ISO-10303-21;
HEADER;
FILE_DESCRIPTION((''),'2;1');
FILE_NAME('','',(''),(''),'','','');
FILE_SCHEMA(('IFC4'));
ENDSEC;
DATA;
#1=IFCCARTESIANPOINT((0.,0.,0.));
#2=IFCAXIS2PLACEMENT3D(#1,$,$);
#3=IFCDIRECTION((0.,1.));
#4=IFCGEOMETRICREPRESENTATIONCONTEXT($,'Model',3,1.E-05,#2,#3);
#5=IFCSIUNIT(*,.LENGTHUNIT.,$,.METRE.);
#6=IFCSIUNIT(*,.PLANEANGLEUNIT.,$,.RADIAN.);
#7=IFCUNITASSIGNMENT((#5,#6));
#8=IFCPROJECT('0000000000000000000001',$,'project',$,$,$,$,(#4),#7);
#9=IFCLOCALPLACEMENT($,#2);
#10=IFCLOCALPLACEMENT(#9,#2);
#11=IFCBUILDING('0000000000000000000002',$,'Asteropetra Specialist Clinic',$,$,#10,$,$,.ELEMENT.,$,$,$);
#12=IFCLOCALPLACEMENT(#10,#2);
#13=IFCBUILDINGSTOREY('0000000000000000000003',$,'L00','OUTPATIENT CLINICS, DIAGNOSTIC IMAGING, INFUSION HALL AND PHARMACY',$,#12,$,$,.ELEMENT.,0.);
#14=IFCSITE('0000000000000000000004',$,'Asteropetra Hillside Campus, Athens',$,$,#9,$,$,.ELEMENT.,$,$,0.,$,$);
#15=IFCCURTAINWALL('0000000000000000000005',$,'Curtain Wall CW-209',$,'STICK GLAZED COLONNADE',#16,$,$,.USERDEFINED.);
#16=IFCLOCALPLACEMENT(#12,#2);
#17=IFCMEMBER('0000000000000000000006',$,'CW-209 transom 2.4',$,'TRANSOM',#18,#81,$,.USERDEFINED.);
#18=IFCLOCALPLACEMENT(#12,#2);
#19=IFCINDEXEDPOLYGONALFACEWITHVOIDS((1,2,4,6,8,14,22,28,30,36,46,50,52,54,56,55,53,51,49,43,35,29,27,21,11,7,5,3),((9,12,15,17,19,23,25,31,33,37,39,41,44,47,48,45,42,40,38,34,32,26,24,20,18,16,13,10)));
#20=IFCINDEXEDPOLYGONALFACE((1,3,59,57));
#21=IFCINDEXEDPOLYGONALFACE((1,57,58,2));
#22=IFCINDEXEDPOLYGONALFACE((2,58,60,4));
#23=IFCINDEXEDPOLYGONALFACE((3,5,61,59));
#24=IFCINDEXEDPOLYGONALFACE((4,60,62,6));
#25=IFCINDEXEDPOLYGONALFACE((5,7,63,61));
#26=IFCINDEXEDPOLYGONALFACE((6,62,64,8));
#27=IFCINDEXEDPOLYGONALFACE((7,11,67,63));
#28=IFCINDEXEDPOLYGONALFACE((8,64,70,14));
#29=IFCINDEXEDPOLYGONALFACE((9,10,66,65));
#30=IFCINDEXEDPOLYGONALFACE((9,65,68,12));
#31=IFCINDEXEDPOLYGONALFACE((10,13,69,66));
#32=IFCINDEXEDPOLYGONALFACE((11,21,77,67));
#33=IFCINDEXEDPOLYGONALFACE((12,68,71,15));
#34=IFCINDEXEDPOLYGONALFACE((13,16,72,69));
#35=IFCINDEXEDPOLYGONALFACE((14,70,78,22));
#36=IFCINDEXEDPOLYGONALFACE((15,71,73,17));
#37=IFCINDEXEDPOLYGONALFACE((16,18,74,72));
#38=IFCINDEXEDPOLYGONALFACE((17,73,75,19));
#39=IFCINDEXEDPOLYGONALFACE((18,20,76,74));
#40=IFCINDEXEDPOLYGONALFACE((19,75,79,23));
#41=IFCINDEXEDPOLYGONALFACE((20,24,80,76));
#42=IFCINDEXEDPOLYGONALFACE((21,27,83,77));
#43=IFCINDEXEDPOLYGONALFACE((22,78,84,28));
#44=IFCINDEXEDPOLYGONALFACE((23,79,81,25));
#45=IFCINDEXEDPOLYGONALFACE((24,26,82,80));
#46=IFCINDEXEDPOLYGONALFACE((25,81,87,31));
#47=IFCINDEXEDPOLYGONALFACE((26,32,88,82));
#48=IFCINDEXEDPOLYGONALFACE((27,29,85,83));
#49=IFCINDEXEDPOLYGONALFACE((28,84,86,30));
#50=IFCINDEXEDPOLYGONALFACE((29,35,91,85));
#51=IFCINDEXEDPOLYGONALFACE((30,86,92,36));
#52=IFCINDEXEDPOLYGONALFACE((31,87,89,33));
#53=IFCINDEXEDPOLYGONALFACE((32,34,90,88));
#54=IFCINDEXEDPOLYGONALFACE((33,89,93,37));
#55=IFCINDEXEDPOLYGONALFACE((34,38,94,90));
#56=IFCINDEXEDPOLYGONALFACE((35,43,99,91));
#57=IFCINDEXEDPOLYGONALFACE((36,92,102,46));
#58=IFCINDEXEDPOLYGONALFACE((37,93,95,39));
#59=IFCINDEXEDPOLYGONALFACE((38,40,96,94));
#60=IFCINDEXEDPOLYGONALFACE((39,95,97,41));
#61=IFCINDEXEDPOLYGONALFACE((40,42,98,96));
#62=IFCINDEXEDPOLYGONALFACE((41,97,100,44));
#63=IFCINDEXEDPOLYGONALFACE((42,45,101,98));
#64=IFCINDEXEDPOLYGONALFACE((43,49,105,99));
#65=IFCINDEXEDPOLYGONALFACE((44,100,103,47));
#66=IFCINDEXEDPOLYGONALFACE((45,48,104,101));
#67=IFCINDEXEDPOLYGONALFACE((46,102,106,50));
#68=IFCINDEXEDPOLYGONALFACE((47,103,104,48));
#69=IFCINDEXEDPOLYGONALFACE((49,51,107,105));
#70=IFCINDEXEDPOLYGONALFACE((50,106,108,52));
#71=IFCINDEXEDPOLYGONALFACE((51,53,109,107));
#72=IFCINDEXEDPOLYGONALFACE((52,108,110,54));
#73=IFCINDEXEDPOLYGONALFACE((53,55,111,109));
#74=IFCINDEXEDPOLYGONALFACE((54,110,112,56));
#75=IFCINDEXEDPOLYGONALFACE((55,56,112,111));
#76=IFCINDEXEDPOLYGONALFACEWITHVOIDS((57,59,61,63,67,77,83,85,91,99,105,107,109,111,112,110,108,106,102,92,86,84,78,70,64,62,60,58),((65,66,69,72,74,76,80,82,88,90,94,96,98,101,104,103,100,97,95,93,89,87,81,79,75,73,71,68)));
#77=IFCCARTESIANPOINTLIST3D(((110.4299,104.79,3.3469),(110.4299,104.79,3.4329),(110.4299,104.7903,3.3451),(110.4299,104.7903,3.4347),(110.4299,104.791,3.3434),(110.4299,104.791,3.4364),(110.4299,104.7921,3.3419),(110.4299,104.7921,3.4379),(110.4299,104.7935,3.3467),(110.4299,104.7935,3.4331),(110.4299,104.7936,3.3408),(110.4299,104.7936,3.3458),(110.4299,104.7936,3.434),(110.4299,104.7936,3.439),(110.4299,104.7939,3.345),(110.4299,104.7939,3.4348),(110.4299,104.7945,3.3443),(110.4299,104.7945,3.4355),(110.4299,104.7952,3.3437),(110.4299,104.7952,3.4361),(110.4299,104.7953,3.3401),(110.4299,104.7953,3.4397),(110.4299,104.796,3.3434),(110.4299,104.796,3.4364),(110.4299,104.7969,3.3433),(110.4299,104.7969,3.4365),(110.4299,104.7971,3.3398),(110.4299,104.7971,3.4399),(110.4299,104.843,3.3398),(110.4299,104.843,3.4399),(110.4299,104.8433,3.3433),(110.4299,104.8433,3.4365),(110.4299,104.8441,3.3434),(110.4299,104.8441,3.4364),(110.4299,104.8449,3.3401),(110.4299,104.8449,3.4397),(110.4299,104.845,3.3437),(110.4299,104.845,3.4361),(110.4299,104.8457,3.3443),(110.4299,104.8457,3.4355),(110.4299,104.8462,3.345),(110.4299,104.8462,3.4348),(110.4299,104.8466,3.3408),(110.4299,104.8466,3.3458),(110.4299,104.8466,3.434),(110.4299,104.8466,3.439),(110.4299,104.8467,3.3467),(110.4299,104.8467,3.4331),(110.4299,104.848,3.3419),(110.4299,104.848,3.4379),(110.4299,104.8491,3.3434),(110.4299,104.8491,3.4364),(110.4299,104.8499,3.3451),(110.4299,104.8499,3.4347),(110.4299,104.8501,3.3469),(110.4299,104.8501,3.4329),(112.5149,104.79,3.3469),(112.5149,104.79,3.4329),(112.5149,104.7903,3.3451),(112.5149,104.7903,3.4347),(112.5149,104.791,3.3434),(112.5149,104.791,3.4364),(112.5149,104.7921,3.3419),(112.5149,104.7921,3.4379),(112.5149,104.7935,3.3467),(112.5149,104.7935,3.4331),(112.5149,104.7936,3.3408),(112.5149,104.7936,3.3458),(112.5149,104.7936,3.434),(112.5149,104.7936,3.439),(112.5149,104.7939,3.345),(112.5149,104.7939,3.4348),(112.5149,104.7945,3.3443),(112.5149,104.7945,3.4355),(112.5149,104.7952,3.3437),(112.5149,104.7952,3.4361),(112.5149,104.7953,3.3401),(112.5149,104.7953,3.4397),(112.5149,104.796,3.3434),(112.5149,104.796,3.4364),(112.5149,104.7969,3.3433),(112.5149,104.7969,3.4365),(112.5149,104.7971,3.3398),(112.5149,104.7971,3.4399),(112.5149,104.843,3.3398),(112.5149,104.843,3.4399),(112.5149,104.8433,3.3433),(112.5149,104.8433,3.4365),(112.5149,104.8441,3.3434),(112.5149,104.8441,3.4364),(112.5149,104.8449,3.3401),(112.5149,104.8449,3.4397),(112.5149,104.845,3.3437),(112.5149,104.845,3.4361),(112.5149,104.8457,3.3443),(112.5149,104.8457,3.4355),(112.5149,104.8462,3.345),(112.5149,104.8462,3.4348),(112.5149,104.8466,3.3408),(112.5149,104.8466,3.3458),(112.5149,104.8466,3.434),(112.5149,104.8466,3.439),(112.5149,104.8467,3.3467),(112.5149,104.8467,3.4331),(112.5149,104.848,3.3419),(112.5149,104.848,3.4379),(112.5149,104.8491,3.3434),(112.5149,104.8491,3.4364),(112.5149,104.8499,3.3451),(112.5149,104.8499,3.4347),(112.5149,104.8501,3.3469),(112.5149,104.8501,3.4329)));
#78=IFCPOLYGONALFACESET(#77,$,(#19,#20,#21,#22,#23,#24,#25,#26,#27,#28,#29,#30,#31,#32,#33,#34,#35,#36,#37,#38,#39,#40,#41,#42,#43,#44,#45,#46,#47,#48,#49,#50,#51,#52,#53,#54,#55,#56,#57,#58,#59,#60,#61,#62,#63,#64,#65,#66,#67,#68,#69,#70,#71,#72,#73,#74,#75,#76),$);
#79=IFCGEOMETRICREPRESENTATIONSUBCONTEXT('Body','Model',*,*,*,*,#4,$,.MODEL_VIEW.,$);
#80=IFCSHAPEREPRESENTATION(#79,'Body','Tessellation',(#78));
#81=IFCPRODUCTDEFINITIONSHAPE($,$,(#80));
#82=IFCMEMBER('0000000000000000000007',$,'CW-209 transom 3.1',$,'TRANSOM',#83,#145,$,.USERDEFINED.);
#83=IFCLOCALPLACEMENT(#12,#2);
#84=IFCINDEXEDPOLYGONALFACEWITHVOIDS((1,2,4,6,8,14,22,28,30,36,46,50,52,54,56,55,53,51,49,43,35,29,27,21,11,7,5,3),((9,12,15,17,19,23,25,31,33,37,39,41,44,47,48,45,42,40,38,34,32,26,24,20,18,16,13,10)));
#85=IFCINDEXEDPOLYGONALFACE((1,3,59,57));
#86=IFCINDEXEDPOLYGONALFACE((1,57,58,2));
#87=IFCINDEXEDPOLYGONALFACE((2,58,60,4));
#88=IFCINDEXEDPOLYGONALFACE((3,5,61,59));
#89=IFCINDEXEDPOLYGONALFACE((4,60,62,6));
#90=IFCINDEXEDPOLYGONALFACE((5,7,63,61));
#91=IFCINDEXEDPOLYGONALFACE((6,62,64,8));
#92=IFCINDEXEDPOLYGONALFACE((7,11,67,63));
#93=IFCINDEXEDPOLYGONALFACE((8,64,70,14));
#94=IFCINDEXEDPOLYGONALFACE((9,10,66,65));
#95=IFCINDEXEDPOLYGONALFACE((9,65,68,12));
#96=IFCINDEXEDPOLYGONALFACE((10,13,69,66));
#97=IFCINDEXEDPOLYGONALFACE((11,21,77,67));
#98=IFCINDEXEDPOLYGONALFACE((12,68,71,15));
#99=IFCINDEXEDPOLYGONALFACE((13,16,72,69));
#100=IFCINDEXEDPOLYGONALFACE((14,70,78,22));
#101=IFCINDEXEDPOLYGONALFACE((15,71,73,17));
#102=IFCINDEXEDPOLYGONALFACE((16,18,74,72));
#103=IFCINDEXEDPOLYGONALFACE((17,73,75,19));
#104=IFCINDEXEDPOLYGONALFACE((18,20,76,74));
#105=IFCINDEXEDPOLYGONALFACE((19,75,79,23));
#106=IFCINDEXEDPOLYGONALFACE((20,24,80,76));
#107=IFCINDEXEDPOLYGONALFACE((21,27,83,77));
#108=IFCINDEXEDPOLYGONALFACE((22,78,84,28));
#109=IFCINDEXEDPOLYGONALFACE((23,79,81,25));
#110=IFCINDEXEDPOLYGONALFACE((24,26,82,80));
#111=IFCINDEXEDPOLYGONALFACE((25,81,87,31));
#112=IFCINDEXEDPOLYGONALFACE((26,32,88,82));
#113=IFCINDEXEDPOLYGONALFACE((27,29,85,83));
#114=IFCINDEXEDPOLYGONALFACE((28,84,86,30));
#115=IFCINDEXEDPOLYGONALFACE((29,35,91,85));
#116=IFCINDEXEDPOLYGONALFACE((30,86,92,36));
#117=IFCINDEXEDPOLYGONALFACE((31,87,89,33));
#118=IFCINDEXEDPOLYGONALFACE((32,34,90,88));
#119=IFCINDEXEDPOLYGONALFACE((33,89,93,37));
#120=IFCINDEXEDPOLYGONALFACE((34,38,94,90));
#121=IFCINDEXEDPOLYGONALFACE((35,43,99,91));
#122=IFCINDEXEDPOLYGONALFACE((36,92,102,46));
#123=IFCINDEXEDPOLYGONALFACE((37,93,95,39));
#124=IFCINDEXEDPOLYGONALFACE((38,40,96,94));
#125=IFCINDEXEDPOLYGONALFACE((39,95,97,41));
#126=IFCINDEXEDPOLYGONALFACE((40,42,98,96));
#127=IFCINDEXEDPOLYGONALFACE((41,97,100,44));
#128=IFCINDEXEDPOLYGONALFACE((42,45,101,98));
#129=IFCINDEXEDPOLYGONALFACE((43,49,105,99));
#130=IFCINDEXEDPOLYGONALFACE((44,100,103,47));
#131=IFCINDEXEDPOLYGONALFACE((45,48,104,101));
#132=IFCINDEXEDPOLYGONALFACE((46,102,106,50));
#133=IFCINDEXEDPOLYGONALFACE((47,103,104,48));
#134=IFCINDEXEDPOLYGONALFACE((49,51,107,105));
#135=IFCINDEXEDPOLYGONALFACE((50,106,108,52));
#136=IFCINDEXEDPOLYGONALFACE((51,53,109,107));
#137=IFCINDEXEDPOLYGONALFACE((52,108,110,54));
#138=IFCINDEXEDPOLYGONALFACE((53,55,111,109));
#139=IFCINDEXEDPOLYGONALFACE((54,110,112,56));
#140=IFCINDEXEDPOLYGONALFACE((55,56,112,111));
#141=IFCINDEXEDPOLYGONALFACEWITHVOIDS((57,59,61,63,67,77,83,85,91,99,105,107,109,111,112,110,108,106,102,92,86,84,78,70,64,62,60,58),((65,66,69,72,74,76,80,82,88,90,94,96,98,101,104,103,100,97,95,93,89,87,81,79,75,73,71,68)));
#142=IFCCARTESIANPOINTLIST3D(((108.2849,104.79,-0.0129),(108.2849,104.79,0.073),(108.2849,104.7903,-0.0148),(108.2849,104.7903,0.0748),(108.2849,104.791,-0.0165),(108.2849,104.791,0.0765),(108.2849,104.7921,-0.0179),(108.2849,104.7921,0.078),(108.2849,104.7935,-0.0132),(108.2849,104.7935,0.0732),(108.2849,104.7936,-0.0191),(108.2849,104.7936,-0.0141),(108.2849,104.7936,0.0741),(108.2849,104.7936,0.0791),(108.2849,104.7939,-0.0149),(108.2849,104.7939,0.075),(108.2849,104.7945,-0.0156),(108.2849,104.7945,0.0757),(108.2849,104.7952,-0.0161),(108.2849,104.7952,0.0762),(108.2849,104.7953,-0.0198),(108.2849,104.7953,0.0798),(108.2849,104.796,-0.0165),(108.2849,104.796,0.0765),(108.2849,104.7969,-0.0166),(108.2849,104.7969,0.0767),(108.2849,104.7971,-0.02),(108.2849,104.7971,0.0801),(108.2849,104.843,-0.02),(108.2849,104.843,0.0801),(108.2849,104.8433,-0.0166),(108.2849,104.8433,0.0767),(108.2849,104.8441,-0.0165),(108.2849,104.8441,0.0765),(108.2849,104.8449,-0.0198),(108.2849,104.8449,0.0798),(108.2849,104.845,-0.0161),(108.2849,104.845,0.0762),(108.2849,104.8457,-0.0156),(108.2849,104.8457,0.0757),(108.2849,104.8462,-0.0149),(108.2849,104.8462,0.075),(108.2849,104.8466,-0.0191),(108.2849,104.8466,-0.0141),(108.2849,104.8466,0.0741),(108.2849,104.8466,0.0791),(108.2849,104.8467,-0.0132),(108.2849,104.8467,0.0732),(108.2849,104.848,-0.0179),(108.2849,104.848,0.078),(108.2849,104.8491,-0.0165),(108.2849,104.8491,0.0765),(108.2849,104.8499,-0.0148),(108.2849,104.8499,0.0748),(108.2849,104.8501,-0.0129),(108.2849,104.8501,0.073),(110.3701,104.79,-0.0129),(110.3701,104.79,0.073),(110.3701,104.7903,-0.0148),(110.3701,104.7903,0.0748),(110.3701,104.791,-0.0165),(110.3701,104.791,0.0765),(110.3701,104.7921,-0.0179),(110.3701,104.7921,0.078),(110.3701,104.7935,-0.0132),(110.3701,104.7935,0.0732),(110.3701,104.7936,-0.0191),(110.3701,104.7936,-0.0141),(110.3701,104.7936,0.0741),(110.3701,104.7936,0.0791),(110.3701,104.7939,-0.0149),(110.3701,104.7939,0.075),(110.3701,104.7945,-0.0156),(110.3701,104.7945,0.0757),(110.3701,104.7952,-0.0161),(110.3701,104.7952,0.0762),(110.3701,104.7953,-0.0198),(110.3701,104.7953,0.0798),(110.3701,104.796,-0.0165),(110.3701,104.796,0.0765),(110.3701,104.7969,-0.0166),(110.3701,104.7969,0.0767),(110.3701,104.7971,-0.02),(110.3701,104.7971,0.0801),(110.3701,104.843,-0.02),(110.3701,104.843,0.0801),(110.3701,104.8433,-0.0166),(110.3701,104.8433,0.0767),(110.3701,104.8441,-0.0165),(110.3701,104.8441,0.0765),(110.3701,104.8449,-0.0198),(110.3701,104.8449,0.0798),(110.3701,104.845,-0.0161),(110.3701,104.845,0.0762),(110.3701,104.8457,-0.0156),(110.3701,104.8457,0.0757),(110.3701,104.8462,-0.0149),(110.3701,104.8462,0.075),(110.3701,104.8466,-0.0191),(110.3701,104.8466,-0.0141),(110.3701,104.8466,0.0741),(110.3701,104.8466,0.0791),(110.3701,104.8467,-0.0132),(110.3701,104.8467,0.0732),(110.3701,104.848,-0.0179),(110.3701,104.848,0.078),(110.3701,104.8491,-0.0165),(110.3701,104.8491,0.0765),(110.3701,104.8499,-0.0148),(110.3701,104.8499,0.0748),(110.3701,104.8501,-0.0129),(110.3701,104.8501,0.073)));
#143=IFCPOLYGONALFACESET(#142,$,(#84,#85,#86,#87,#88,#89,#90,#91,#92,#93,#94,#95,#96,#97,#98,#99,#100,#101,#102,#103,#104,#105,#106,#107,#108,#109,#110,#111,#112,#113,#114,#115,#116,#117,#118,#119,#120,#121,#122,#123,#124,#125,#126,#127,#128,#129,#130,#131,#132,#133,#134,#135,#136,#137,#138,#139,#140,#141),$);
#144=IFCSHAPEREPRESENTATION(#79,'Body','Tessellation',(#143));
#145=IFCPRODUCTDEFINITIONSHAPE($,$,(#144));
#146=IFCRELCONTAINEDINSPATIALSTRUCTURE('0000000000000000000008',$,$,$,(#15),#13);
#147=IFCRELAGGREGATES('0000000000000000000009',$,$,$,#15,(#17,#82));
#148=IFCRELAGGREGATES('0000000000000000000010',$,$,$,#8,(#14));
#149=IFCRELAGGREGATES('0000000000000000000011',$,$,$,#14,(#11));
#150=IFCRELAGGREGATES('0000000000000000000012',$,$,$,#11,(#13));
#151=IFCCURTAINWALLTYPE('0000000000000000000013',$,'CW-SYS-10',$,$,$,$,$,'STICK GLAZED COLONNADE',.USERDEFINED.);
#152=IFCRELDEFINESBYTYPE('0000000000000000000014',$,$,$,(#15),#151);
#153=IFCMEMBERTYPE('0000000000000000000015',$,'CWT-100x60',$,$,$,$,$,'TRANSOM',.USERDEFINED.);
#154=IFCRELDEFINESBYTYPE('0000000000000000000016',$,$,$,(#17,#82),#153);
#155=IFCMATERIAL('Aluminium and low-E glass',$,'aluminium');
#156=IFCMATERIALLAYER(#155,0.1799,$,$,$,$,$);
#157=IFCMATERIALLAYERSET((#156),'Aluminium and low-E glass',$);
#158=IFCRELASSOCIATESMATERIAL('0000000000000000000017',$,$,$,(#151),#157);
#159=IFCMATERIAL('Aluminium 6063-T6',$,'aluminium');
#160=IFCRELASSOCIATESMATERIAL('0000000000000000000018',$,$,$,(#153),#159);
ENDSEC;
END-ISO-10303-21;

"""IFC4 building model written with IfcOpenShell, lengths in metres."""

from ifc_helpers import new_model, si_unit, direction, frame, origin, origin_2d, place, context, subcontext, project, spatial, hollow_rectangle, extrude, material, layer, layer_set, material_profile, profile_set, type_object, element, aggregate, save


model = new_model("IFC4")

# Units and contexts
model_context = context("Model", 3, precision=1e-05, world=origin(), true_north=direction((0.0, 1.0)))
body_context = subcontext(model_context, "Body", "Model", "MODEL_VIEW")
ifc_project = project(units=[si_unit("LENGTHUNIT", "METRE"), si_unit("PLANEANGLEUNIT", "RADIAN")], contexts=[model_context])

# Site, building, storey
site_placement = place(None, origin())
site = spatial("IfcSite", under=ifc_project, at=site_placement, Name="Asteropetra Hillside Campus, Athens", CompositionType="ELEMENT", RefElevation=0.0)
building_placement = place(site_placement, origin())
building = spatial("IfcBuilding", under=site, at=building_placement, Name="Asteropetra Specialist Clinic", CompositionType="ELEMENT")
storey_placement = place(building_placement, origin())
storey = spatial("IfcBuildingStorey", under=building, at=storey_placement, Name="L00", Description="OUTPATIENT CLINICS, DIAGNOSTIC IMAGING, INFUSION HALL AND PHARMACY", CompositionType="ELEMENT", Elevation=0.0)

# Curtain wall, members
ifc_material_1 = material(Name="Aluminium and low-E glass", Category="aluminium")
ifc_layer_1 = layer(ifc_material_1, 0.1799)
ifc_layer_set_1 = layer_set([ifc_layer_1], Name="Aluminium and low-E glass")
curtain_wall_type = type_object("IfcCurtainWallType", Name="CW-SYS-10", ElementType="STICK GLAZED COLONNADE", PredefinedType="USERDEFINED", material=ifc_layer_set_1)
curtain_wall_placement = place(storey_placement, origin())
curtain_wall = element("IfcCurtainWall", 1, at=curtain_wall_placement, inside=storey, type_object=curtain_wall_type, Name="Curtain Wall CW-209", ObjectType="STICK GLAZED COLONNADE", PredefinedType="USERDEFINED")
ifc_material_2 = material(Name="Aluminium 6063-T6", Category="aluminium")
ifc_material_profile_1 = material_profile(ifc_material_2, hollow_rectangle(XDim=0.0601, YDim=0.1001, WallThickness=0.0034, InnerFilletRadius=0.0034, OuterFilletRadius=0.0071, at=origin_2d()), Name="TRN 100x60x3.5")
ifc_profile_set_1 = profile_set([ifc_material_profile_1], Name="Aluminium 6063-T6")
member_type_1 = type_object("IfcMemberType", Name="CWT-100x60", ElementType="TRANSOM", PredefinedType="USERDEFINED", material=ifc_profile_set_1)
member_1_placement = place(storey_placement, frame((112.5149, 104.8201, 3.3899), z_axis=(-1.0, 0.0, 0.0), x_axis=(0.0, -1.0, 0.0)))
member_1 = element("IfcMember", 2, at=member_1_placement, type_object=member_type_1, Name="CW-209 transom 2.4", ObjectType="TRANSOM", PredefinedType="USERDEFINED", context=body_context, shape_type="SweptSolid", body=[
    extrude(hollow_rectangle(XDim=0.0601, YDim=0.1001, WallThickness=0.0034, InnerFilletRadius=0.0034, OuterFilletRadius=0.0071, at=origin_2d()), origin(), (0.0, 0.0, 1.0), 2.085),
])
member_2_placement = place(storey_placement, frame((110.3701, 104.8201, 0.03), z_axis=(-1.0, 0.0, 0.0), x_axis=(0.0, -1.0, 0.0)))
member_2 = element("IfcMember", 3, at=member_2_placement, type_object=member_type_1, Name="CW-209 transom 3.1", ObjectType="TRANSOM", PredefinedType="USERDEFINED", context=body_context, shape_type="SweptSolid", body=[
    extrude(hollow_rectangle(XDim=0.0601, YDim=0.1001, WallThickness=0.0034, InnerFilletRadius=0.0034, OuterFilletRadius=0.0071, at=origin_2d()), origin(), (0.0, 0.0, 1.0), 2.0852),
])
aggregate(curtain_wall, [member_1, member_2])

save(model, "model.ifc")
